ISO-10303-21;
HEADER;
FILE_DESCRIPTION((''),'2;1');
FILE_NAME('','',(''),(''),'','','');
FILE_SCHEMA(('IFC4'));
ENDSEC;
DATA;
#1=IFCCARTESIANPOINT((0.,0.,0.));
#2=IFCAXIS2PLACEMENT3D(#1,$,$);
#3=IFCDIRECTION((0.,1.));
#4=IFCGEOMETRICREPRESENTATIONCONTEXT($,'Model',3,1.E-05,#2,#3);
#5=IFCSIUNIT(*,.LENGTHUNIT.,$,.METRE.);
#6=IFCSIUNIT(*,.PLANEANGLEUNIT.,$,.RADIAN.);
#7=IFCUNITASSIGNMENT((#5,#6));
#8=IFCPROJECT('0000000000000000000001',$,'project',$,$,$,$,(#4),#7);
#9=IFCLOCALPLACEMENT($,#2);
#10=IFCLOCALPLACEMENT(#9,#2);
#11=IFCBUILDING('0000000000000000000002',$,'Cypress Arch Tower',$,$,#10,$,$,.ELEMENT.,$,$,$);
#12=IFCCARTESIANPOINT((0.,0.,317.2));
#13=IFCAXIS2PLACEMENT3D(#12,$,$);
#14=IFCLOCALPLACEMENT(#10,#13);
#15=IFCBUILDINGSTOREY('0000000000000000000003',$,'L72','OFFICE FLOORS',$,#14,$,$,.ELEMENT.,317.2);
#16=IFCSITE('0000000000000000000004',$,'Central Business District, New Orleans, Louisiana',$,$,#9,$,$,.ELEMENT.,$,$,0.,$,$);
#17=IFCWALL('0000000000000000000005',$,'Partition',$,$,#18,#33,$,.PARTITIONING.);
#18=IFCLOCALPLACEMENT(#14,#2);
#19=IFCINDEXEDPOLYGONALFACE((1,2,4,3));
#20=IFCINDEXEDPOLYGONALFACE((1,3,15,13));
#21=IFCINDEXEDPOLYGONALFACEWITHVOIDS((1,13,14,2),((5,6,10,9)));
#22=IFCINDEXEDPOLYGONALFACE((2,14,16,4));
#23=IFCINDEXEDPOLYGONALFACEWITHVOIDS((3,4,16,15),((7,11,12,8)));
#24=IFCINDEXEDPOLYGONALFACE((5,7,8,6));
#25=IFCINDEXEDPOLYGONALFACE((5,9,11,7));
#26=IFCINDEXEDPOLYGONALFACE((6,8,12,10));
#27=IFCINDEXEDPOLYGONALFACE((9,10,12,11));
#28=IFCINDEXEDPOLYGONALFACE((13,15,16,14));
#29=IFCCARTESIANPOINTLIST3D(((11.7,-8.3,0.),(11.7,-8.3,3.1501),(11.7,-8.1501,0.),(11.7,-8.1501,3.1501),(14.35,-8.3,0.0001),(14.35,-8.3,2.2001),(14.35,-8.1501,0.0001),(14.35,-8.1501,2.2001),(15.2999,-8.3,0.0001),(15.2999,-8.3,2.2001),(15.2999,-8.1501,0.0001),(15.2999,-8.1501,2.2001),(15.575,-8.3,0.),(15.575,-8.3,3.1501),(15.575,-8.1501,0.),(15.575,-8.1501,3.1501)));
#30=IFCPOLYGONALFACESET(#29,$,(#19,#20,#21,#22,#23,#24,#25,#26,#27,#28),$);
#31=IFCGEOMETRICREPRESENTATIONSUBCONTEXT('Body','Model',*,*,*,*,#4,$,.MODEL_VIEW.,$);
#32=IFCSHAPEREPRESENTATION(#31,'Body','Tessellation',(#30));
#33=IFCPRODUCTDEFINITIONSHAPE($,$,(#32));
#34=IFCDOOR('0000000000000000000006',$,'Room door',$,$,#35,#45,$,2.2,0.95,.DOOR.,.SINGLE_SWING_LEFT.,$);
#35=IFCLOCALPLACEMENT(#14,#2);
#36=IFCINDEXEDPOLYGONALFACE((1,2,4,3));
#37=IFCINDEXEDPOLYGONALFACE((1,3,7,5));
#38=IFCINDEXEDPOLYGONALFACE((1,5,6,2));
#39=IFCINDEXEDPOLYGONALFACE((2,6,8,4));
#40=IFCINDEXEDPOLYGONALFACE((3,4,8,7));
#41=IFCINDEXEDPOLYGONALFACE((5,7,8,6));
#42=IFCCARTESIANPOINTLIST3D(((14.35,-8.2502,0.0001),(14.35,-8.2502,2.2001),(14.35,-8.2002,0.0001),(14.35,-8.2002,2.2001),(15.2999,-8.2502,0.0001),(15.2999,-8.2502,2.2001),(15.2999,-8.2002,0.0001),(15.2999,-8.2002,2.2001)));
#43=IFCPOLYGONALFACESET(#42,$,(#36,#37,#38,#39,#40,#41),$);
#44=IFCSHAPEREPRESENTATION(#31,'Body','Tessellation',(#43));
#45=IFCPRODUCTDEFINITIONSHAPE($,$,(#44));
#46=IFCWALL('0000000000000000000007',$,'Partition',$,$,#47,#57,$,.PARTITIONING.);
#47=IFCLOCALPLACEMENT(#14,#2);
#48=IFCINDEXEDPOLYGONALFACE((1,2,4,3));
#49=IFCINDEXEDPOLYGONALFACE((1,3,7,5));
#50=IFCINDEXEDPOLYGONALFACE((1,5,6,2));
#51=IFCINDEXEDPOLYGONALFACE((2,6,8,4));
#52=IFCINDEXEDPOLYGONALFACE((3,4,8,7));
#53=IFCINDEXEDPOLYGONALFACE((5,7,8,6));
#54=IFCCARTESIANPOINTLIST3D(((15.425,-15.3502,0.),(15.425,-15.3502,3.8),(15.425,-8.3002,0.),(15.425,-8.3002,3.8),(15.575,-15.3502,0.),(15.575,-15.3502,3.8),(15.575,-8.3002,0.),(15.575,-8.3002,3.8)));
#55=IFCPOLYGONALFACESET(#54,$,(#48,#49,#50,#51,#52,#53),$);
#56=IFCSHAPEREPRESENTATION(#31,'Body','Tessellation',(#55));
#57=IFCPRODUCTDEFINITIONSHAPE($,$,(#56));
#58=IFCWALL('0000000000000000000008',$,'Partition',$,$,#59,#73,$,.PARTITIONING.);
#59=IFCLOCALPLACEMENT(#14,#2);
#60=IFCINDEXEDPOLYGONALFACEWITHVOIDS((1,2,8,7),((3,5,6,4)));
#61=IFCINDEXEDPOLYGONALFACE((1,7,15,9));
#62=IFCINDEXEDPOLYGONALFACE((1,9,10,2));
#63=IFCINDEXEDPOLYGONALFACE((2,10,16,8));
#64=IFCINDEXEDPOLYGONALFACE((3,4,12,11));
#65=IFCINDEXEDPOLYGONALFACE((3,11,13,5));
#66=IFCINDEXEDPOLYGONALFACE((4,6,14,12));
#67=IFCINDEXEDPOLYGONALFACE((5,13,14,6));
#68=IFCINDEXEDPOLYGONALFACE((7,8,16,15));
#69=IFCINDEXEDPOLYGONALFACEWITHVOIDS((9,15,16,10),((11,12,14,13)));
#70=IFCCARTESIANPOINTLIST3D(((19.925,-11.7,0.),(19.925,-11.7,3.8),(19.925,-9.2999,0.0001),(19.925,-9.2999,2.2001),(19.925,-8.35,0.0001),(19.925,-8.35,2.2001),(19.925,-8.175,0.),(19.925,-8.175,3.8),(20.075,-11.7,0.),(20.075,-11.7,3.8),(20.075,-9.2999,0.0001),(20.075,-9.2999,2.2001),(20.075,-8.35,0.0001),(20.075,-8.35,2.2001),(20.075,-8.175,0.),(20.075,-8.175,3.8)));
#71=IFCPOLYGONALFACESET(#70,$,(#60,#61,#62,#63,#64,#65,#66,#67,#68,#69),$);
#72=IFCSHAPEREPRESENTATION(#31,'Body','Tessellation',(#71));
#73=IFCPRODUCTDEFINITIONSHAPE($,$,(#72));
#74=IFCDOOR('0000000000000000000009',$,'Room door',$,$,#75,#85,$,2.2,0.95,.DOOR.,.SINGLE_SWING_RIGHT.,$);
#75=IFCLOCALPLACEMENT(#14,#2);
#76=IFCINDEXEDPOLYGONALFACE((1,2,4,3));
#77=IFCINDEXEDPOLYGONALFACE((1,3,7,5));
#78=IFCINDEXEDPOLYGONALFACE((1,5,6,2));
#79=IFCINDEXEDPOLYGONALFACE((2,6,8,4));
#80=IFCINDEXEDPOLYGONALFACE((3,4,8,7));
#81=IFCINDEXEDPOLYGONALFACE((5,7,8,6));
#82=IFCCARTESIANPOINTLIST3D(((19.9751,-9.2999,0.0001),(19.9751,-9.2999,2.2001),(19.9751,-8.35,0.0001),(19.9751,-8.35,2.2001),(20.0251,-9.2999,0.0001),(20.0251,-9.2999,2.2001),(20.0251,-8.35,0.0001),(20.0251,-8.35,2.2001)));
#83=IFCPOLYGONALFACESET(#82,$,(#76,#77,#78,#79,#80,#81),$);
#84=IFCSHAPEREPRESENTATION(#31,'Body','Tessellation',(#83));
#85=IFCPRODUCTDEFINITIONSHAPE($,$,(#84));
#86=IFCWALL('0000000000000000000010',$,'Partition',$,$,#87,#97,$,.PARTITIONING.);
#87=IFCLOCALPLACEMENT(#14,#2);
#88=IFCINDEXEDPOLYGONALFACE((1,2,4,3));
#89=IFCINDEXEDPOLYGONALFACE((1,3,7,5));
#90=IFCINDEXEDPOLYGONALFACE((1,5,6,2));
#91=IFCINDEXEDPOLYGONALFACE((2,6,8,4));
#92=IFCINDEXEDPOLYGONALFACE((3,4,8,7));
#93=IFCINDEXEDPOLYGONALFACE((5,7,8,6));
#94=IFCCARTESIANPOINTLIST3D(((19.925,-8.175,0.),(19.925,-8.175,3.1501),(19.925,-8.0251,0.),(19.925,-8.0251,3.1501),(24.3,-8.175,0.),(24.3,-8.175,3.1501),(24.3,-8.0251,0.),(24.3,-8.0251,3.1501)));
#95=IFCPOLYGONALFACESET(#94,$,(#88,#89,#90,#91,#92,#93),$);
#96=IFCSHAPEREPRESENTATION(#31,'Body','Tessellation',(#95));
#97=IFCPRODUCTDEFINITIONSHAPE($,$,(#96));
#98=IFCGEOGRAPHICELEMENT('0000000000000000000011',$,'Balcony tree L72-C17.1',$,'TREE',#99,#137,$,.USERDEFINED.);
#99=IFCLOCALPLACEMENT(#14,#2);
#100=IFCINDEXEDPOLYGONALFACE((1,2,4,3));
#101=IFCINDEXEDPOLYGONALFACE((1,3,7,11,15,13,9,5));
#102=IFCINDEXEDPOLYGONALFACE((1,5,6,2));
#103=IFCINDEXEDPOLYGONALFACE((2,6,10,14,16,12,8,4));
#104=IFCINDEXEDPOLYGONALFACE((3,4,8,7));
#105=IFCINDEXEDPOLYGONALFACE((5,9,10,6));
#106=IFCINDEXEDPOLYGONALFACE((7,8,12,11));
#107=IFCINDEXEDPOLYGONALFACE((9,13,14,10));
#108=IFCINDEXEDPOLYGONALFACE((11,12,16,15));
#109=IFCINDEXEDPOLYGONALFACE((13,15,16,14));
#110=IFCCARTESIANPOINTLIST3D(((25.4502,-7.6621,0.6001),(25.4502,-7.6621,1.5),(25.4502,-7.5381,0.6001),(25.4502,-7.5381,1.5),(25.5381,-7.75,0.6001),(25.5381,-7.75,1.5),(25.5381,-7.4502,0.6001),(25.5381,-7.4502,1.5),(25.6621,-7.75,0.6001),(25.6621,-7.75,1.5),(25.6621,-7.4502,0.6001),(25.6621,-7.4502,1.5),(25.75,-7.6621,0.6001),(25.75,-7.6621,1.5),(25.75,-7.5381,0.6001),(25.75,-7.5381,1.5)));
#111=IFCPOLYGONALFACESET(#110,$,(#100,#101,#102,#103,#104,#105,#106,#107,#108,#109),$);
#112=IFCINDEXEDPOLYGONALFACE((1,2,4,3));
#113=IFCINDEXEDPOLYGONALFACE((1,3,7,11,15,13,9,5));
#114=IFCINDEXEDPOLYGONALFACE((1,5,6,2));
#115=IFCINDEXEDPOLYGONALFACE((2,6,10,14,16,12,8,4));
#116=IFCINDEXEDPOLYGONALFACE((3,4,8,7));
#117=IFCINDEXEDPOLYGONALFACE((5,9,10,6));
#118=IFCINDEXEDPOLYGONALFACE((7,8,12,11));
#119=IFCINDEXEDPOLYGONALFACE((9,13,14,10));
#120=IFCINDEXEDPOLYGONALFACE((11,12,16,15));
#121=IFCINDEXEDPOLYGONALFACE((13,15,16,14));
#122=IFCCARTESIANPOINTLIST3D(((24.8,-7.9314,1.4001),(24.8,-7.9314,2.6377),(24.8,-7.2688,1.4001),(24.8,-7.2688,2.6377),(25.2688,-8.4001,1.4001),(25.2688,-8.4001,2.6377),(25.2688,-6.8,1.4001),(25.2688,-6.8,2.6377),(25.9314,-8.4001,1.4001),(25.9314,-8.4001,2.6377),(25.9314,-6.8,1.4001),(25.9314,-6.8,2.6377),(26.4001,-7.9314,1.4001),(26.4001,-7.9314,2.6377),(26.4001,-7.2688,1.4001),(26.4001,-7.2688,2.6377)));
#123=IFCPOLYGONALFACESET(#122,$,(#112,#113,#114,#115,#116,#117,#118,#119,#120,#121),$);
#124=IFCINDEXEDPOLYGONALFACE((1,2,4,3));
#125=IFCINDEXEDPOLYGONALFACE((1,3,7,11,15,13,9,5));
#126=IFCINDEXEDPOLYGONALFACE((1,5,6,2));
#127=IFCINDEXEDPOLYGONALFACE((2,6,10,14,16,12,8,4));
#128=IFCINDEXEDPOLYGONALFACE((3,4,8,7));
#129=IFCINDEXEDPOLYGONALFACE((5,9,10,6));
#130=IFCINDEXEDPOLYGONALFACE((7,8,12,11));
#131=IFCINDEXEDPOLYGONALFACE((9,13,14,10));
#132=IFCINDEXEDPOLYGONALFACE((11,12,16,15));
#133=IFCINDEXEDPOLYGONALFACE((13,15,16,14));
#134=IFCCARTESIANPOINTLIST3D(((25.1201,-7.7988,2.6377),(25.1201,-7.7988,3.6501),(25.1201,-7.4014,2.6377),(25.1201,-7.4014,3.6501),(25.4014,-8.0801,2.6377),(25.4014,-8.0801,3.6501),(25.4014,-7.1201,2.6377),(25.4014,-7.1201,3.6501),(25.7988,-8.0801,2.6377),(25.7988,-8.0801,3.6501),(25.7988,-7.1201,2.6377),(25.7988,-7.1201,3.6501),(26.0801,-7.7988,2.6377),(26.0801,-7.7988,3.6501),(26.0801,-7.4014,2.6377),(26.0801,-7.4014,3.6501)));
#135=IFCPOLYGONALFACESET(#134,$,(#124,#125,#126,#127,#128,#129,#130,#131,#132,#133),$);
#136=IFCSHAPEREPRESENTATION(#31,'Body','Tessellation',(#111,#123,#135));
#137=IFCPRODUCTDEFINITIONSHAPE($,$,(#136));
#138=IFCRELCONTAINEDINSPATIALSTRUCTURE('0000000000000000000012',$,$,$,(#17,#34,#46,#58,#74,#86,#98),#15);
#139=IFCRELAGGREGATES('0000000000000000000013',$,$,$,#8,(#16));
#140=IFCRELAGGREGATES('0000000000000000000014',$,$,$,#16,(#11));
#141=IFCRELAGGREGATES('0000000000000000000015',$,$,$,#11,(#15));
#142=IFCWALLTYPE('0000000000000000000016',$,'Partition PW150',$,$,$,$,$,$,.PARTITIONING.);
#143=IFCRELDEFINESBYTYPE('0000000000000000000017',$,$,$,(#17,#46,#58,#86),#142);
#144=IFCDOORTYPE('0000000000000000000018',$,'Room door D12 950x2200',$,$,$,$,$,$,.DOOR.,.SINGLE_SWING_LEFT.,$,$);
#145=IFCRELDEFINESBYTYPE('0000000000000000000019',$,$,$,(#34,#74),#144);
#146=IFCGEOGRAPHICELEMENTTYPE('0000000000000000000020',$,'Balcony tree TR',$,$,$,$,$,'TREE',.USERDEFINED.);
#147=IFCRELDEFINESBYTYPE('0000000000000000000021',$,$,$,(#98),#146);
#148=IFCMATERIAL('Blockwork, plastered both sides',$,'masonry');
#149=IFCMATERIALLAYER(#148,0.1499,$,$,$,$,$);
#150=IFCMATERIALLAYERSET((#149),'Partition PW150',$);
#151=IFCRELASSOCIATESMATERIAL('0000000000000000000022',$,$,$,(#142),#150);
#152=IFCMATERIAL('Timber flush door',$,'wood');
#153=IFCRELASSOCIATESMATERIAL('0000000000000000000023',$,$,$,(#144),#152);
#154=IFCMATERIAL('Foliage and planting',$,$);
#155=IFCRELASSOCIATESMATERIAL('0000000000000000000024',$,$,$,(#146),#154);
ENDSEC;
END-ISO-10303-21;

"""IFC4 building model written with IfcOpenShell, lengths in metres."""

from ifc_helpers import new_model, si_unit, direction, frame, frame_2d, origin, place, context, subcontext, project, spatial, polyline, rectangle, outline, extrude, material, layer, layer_set, type_object, element, fill, save


model = new_model("IFC4")

# Units and contexts
model_context = context("Model", 3, precision=1e-05, world=origin(), true_north=direction((0.0, 1.0)))
body_context = subcontext(model_context, "Body", "Model", "MODEL_VIEW")
ifc_project = project(units=[si_unit("LENGTHUNIT", "METRE"), si_unit("PLANEANGLEUNIT", "RADIAN")], contexts=[model_context])

# Site, building, storey
site_placement = place(None, origin())
site = spatial("IfcSite", under=ifc_project, at=site_placement, Name="Central Business District, New Orleans, Louisiana", CompositionType="ELEMENT", RefElevation=0.0)
building_placement = place(site_placement, origin())
building = spatial("IfcBuilding", under=site, at=building_placement, Name="Cypress Arch Tower", CompositionType="ELEMENT")
storey_placement = place(building_placement, frame((0.0, 0.0, 317.2)))
storey = spatial("IfcBuildingStorey", under=building, at=storey_placement, Name="L72", Description="OFFICE FLOORS", CompositionType="ELEMENT", Elevation=317.2)

# Wall, opening, door
ifc_material_1 = material(Name="Blockwork, plastered both sides", Category="masonry")
ifc_layer_1 = layer(ifc_material_1, 0.1499)
ifc_layer_set_1 = layer_set([ifc_layer_1], Name="Partition PW150")
wall_type_1 = type_object("IfcWallType", Name="Partition PW150", PredefinedType="PARTITIONING", material=ifc_layer_set_1)
wall_1_placement = place(storey_placement, frame((11.7, -8.2251, 0.0), z_axis=(0.0, 0.0, 1.0), x_axis=(1.0, 0.0, 0.0)))
wall_1 = element("IfcWall", 1, at=wall_1_placement, inside=storey, type_object=wall_type_1, Name="Partition", PredefinedType="PARTITIONING", context=body_context, shape_type="SweptSolid", body=[
    extrude(rectangle(XDim=3.875, YDim=0.1499, at=frame_2d((1.9375, 0.0))), origin(), (0.0, 0.0, 1.0), 3.1501),
])
opening_1_placement = place(wall_1_placement, frame((2.6499, 0.0, 0.0)))
opening_1 = element("IfcOpeningElement", 2, at=opening_1_placement, cuts=wall_1, PredefinedType="OPENING", context=body_context, shape_type="SweptSolid", body=[
    extrude(rectangle(XDim=0.95, YDim=2.2, at=frame_2d((0.4751, 1.1001))), frame((0.0, 0.085, 0.0), z_axis=(0.0, -1.0, 0.0), x_axis=(1.0, 0.0, 0.0)), (0.0, 0.0, 1.0), 0.1699),
])
ifc_material_2 = material(Name="Timber flush door", Category="wood")
door_type = type_object("IfcDoorType", Name="Room door D12 950x2200", OperationType="SINGLE_SWING_LEFT", PredefinedType="DOOR", material=ifc_material_2)
door_1_placement = place(opening_1_placement, origin())
door_1 = element("IfcDoor", 3, at=door_1_placement, inside=storey, type_object=door_type, Name="Room door", OperationType="SINGLE_SWING_LEFT", OverallHeight=2.2, OverallWidth=0.95, PredefinedType="DOOR", context=body_context, shape_type="SweptSolid", body=[
    extrude(rectangle(XDim=0.95, YDim=2.2, at=frame_2d((0.4751, 1.1001))), frame((0.0, 0.0249, 0.0), z_axis=(0.0, -1.0, 0.0), x_axis=(1.0, 0.0, 0.0)), (0.0, 0.0, 1.0), 0.05),
])
fill(opening_1, door_1)

# Wall
wall_2_placement = place(storey_placement, frame((15.5, -15.3501, 0.0), z_axis=(0.0, 0.0, 1.0), x_axis=(0.0, 1.0, 0.0)))
element("IfcWall", 4, at=wall_2_placement, inside=storey, type_object=wall_type_1, Name="Partition", PredefinedType="PARTITIONING", context=body_context, shape_type="SweptSolid", body=[
    extrude(rectangle(XDim=7.05, YDim=0.1499, at=frame_2d((3.5249, 0.0))), origin(), (0.0, 0.0, 1.0), 3.8),
])

# Wall, opening, door
wall_3_placement = place(storey_placement, frame((20.0, -11.7, 0.0), z_axis=(0.0, 0.0, 1.0), x_axis=(0.0, 1.0, 0.0)))
wall_3 = element("IfcWall", 5, at=wall_3_placement, inside=storey, type_object=wall_type_1, Name="Partition", PredefinedType="PARTITIONING", context=body_context, shape_type="SweptSolid", body=[
    extrude(rectangle(XDim=3.5249, YDim=0.1499, at=frame_2d((1.7625, 0.0))), origin(), (0.0, 0.0, 1.0), 3.8),
])
opening_2_placement = place(wall_3_placement, frame((2.3999, 0.0, 0.0)))
opening_2 = element("IfcOpeningElement", 6, at=opening_2_placement, cuts=wall_3, PredefinedType="OPENING", context=body_context, shape_type="SweptSolid", body=[
    extrude(rectangle(XDim=0.95, YDim=2.2, at=frame_2d((0.4751, 1.1001))), frame((0.0, 0.085, 0.0), z_axis=(0.0, -1.0, 0.0), x_axis=(1.0, 0.0, 0.0)), (0.0, 0.0, 1.0), 0.1699),
])
door_2_placement = place(opening_2_placement, origin())
door_2 = element("IfcDoor", 7, at=door_2_placement, inside=storey, type_object=door_type, Name="Room door", OperationType="SINGLE_SWING_RIGHT", OverallHeight=2.2, OverallWidth=0.95, PredefinedType="DOOR", context=body_context, shape_type="SweptSolid", body=[
    extrude(rectangle(XDim=0.95, YDim=2.2, at=frame_2d((0.4751, 1.1001))), frame((0.0, 0.0249, 0.0), z_axis=(0.0, -1.0, 0.0), x_axis=(1.0, 0.0, 0.0)), (0.0, 0.0, 1.0), 0.05),
])
fill(opening_2, door_2)

# Wall
wall_4_placement = place(storey_placement, frame((19.925, -8.1001, 0.0), z_axis=(0.0, 0.0, 1.0), x_axis=(1.0, 0.0, 0.0)))
element("IfcWall", 8, at=wall_4_placement, inside=storey, type_object=wall_type_1, Name="Partition", PredefinedType="PARTITIONING", context=body_context, shape_type="SweptSolid", body=[
    extrude(rectangle(XDim=4.375, YDim=0.1499, at=frame_2d((2.1875, 0.0))), origin(), (0.0, 0.0, 1.0), 3.1501),
])

# Geographic element
ifc_material_3 = material(Name="Foliage and planting")
geographic_element_type = type_object("IfcGeographicElementType", Name="Balcony tree TR", ElementType="TREE", PredefinedType="USERDEFINED", material=ifc_material_3)
geographic_element_placement = place(storey_placement, frame((25.6001, -7.6001, 0.6001), z_axis=(0.0, 0.0, 1.0), x_axis=(1.0, 0.0, 0.0)))
element("IfcGeographicElement", 9, at=geographic_element_placement, inside=storey, type_object=geographic_element_type, Name="Balcony tree L72-C17.1", ObjectType="TREE", PredefinedType="USERDEFINED", context=body_context, shape_type="SweptSolid", body=[
    extrude(outline(polyline([(0.1499, 0.062), (0.062, 0.1499), (-0.062, 0.1499), (-0.1499, 0.062), (-0.1499, -0.062), (-0.062, -0.1499), (0.062, -0.1499), (0.1499, -0.062), (0.1499, 0.062)])), origin(), (0.0, 0.0, 1.0), 0.8999),
    extrude(outline(polyline([(0.8, 0.3313), (0.3313, 0.8), (-0.3313, 0.8), (-0.8, 0.3313), (-0.8, -0.3313), (-0.3313, -0.8), (0.3313, -0.8), (0.8, -0.3313), (0.8, 0.3313)])), frame((0.0, 0.0, 0.8)), (0.0, 0.0, 1.0), 1.2375),
    extrude(outline(polyline([(0.48, 0.1987), (0.1987, 0.48), (-0.1987, 0.48), (-0.48, 0.1987), (-0.48, -0.1987), (-0.1987, -0.48), (0.1987, -0.48), (0.48, -0.1987), (0.48, 0.1987)])), frame((0.0, 0.0, 2.0376)), (0.0, 0.0, 1.0), 1.0125),
])

save(model, "model.ifc")
